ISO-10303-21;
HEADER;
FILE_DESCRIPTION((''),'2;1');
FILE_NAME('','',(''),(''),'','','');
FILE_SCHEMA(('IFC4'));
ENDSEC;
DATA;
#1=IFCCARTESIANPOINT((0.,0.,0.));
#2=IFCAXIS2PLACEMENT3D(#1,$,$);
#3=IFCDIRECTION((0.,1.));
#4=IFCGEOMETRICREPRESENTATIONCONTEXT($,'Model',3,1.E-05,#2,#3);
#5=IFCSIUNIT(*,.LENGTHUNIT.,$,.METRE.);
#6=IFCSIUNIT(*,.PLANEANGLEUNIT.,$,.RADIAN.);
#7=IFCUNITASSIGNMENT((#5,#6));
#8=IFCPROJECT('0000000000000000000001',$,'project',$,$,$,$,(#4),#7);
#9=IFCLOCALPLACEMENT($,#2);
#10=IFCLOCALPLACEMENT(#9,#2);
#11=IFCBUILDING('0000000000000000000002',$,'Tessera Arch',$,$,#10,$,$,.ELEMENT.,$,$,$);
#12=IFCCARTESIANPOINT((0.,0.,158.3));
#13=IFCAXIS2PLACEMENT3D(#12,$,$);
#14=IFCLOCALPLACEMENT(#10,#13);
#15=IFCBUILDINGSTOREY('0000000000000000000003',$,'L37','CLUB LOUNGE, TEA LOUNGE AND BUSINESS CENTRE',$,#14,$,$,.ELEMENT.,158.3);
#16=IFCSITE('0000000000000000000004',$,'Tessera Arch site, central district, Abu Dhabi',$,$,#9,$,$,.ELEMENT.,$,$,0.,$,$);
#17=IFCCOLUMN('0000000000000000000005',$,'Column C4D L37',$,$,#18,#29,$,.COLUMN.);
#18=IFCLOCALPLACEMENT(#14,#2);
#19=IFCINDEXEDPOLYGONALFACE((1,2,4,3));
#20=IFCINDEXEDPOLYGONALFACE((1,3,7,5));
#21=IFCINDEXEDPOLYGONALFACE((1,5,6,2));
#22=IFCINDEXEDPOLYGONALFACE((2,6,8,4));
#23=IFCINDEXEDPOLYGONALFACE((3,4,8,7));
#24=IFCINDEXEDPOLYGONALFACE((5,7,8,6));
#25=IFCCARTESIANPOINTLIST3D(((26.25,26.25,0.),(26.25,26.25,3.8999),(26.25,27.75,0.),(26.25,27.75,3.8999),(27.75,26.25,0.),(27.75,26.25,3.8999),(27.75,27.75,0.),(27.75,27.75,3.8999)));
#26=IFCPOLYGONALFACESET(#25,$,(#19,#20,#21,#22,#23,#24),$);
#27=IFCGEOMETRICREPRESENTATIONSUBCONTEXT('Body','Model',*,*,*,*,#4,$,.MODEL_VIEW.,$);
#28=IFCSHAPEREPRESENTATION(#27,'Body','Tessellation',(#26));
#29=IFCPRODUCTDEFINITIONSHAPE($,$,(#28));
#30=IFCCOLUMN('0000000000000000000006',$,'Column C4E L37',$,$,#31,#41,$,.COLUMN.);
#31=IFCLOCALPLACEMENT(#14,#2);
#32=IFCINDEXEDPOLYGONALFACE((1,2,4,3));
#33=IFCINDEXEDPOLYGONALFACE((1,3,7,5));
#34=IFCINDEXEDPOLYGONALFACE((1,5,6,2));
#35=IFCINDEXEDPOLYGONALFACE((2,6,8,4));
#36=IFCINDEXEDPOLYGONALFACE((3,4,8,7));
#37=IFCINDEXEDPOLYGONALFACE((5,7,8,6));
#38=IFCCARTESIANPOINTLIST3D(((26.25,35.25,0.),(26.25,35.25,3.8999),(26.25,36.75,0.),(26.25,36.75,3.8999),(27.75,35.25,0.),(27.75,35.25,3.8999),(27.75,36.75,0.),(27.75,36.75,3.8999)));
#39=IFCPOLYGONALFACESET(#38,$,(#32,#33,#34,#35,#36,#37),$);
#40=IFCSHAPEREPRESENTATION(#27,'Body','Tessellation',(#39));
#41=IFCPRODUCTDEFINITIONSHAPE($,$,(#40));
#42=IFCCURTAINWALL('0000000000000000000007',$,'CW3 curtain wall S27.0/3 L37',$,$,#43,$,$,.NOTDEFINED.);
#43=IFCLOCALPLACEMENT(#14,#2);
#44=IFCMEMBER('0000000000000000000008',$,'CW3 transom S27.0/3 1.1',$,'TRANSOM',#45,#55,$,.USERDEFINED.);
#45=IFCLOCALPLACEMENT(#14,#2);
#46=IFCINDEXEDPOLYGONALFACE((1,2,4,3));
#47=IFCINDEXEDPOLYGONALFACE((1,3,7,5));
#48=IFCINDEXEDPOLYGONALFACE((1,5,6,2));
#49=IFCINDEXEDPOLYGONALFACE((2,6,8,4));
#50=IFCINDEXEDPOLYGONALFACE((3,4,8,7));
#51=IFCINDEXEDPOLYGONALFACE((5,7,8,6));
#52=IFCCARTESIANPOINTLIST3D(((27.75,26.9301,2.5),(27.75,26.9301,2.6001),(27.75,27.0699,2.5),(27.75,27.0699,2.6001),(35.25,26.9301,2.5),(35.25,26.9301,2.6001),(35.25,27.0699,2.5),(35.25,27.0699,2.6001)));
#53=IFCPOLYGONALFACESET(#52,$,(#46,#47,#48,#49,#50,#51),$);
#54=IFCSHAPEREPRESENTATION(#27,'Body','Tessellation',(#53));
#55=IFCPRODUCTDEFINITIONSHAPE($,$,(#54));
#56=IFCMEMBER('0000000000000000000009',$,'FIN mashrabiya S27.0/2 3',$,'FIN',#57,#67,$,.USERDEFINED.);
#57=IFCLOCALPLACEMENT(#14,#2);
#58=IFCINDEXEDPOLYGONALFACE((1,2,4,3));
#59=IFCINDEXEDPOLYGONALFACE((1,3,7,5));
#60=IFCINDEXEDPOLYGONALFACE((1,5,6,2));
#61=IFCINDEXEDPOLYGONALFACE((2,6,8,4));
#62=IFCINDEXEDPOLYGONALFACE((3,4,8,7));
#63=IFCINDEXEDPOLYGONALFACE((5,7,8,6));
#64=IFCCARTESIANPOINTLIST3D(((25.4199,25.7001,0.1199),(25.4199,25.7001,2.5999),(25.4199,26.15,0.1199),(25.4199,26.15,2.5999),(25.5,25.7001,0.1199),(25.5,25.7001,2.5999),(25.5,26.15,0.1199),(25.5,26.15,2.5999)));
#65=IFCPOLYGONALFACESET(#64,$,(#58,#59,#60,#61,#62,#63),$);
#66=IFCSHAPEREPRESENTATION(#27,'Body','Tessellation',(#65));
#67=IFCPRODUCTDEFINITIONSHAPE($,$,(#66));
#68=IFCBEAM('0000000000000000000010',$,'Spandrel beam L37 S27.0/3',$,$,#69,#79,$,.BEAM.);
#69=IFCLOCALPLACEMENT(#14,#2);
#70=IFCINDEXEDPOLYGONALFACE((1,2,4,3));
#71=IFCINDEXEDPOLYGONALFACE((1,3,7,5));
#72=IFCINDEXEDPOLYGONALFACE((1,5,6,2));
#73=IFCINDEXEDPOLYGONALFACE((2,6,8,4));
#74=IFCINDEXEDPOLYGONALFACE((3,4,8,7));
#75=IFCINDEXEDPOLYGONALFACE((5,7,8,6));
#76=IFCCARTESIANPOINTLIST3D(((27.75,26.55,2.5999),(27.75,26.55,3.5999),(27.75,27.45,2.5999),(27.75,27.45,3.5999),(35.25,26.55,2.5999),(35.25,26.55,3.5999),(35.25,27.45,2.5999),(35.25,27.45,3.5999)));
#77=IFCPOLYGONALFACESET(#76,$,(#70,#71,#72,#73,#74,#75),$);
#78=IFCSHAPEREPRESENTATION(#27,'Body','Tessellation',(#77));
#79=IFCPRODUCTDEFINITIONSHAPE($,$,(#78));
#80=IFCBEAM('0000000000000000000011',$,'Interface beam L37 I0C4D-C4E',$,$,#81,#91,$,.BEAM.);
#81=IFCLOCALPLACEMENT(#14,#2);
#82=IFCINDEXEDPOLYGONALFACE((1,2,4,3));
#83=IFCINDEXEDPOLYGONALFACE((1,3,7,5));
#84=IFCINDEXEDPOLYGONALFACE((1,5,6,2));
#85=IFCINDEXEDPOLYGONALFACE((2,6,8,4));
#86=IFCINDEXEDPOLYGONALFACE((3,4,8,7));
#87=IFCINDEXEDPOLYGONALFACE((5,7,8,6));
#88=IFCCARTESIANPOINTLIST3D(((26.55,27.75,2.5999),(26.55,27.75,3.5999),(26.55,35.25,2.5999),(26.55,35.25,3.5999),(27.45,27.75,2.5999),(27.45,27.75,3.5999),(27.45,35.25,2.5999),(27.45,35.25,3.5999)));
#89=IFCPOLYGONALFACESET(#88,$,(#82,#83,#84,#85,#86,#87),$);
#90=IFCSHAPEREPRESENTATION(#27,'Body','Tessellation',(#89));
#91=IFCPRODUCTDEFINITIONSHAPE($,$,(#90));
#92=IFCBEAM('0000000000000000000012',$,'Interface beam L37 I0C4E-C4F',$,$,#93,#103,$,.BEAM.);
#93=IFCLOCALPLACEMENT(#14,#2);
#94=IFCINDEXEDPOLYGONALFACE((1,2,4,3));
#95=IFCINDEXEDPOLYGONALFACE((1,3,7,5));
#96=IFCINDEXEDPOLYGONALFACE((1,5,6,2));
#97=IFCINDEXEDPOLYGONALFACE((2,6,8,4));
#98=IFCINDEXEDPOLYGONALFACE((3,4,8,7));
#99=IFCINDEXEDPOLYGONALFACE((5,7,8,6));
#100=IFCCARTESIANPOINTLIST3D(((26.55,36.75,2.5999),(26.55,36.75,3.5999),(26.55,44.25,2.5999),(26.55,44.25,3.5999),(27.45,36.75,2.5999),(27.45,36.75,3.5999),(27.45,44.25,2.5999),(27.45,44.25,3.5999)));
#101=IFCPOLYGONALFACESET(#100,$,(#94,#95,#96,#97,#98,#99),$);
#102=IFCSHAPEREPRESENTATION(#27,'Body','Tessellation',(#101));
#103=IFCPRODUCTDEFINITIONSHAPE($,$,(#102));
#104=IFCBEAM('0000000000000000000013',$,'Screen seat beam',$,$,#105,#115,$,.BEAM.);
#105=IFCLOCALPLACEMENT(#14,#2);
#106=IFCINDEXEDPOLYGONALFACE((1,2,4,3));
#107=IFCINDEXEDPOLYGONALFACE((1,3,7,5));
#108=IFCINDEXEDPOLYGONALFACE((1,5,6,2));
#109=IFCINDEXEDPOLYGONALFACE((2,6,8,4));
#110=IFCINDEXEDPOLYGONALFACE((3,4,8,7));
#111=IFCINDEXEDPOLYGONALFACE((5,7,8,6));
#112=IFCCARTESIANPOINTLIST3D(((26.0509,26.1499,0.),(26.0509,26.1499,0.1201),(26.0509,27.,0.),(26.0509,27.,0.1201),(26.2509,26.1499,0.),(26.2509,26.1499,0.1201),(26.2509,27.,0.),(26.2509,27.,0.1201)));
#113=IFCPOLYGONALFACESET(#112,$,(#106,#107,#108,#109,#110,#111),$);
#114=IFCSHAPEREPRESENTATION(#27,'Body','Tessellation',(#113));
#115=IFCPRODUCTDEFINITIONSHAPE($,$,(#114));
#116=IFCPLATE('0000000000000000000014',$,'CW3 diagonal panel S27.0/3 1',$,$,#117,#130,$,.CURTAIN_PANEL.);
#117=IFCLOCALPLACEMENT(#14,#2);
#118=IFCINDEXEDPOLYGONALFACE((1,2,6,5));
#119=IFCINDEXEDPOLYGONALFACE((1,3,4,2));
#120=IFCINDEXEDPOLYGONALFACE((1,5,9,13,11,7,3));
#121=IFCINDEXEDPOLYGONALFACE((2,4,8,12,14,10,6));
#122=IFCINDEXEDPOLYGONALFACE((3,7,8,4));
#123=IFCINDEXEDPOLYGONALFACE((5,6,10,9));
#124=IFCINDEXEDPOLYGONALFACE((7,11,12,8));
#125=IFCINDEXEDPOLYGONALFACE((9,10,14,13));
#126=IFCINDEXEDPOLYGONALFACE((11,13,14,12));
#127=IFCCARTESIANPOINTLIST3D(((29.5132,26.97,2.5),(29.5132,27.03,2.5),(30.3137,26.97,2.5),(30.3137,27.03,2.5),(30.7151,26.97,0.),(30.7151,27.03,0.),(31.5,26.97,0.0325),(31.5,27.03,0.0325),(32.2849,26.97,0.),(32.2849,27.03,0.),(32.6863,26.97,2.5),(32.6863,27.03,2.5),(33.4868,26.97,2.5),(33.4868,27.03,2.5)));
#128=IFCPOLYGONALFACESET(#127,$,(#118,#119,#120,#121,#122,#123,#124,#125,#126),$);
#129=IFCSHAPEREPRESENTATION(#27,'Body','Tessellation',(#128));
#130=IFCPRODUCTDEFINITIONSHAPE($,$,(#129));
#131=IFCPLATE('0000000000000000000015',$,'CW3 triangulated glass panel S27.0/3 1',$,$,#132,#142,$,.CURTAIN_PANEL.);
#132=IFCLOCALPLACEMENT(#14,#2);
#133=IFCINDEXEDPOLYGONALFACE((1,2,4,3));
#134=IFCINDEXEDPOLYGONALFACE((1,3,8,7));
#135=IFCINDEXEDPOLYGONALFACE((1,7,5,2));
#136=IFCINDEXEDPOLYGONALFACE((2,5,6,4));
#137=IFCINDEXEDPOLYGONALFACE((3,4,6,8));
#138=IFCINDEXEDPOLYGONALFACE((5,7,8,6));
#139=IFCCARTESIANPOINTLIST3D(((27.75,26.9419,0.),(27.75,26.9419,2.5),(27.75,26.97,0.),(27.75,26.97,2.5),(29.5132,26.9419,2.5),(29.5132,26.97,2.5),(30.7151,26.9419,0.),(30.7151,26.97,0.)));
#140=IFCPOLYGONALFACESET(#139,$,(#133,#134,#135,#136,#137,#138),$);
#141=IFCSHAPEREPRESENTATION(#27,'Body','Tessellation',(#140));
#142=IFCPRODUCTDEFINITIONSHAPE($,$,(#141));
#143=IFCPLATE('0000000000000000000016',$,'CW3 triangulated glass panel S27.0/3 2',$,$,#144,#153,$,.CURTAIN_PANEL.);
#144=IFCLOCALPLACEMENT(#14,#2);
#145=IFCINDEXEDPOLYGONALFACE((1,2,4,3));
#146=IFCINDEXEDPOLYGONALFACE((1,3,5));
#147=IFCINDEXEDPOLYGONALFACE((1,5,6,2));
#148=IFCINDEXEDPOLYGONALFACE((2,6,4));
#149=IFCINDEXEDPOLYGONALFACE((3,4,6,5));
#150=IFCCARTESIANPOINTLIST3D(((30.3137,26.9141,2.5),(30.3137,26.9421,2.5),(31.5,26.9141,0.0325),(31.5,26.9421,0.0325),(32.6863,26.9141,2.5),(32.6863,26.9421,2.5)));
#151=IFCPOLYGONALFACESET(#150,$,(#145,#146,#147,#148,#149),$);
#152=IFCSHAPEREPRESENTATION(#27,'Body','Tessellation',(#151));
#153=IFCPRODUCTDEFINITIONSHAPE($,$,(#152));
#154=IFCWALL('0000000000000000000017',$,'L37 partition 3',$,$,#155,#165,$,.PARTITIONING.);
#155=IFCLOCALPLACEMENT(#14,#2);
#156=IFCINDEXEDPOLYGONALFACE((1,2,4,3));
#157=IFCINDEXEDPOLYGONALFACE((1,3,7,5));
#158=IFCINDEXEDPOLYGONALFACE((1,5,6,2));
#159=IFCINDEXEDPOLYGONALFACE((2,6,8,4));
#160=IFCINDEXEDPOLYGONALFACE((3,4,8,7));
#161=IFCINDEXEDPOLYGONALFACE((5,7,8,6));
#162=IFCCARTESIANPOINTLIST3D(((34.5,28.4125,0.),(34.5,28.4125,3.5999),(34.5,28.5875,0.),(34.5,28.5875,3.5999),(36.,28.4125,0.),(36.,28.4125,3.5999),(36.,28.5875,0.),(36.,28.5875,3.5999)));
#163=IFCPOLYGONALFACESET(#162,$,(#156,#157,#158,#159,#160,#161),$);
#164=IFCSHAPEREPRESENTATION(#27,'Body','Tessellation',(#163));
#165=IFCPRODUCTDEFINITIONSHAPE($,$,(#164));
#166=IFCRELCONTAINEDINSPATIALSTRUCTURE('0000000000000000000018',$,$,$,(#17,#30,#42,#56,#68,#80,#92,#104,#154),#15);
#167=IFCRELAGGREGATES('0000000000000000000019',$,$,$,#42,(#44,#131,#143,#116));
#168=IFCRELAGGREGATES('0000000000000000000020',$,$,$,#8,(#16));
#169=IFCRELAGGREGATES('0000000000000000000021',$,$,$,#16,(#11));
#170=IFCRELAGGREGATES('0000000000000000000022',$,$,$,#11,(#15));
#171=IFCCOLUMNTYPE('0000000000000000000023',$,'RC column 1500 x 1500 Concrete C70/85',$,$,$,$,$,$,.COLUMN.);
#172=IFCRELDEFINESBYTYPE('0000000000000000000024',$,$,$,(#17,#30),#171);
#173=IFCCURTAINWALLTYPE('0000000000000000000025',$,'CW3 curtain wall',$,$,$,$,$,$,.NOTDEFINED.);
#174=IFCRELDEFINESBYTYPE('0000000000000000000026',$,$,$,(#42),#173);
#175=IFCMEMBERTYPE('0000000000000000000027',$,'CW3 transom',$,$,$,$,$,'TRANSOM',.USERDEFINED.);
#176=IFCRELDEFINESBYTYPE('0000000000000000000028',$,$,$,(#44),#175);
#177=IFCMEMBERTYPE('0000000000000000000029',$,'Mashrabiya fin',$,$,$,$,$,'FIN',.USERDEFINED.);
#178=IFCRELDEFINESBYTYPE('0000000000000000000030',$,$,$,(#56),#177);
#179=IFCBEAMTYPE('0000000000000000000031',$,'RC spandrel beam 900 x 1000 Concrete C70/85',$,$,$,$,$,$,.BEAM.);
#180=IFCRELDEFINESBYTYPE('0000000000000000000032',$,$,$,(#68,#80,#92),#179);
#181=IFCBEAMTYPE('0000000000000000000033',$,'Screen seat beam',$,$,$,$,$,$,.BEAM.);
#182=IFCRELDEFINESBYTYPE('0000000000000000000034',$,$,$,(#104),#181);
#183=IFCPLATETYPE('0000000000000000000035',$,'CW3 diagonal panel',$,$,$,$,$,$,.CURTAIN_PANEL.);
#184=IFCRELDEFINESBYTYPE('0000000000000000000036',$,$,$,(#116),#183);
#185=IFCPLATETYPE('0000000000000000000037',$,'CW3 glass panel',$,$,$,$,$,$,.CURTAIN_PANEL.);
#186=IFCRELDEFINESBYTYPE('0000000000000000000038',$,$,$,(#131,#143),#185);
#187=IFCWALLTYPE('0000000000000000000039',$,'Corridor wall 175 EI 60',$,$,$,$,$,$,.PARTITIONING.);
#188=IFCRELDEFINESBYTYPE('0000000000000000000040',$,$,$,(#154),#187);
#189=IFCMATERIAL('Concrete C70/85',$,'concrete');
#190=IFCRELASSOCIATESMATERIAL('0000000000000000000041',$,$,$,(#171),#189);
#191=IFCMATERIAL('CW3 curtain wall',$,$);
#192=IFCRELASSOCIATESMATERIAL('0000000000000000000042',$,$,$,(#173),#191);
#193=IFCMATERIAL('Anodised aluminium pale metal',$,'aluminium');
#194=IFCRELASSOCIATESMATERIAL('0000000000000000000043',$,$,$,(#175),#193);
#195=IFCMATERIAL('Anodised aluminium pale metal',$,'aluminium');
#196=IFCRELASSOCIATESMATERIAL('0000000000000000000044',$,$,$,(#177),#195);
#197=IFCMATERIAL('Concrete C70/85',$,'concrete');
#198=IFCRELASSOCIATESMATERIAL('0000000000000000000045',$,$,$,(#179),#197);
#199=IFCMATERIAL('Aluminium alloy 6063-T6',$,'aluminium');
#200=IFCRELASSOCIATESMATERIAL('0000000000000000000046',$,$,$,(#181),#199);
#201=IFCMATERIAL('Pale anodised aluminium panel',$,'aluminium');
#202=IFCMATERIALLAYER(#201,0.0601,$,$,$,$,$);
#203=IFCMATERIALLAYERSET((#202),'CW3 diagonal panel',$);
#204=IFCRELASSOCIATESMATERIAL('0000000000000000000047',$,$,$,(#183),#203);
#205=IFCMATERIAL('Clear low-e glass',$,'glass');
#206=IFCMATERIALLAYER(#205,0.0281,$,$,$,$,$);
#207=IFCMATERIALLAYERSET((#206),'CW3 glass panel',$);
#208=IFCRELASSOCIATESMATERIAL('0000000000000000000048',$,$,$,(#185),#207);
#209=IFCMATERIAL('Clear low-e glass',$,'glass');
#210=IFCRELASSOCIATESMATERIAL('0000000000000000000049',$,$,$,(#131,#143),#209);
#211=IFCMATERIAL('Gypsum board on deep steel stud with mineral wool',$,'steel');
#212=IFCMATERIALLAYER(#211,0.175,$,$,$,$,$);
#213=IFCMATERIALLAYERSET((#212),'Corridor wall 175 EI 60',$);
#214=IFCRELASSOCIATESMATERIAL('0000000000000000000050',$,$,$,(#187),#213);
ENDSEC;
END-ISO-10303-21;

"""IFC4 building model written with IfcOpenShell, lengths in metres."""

from ifc_helpers import new_model, si_unit, direction, frame, frame_2d, origin, origin_2d, place, context, subcontext, project, spatial, polyline, rectangle, outline, extrude, material, layer, layer_set, material_profile, profile_set, type_object, element, aggregate, save


model = new_model("IFC4")

# Units and contexts
model_context = context("Model", 3, precision=1e-05, world=origin(), true_north=direction((0.0, 1.0)))
body_context = subcontext(model_context, "Body", "Model", "MODEL_VIEW")
ifc_project = project(units=[si_unit("LENGTHUNIT", "METRE"), si_unit("PLANEANGLEUNIT", "RADIAN")], contexts=[model_context])

# Site, building, storey
site_placement = place(None, origin())
site = spatial("IfcSite", under=ifc_project, at=site_placement, Name="Tessera Arch site, central district, Abu Dhabi", CompositionType="ELEMENT", RefElevation=0.0)
building_placement = place(site_placement, origin())
building = spatial("IfcBuilding", under=site, at=building_placement, Name="Tessera Arch", CompositionType="ELEMENT")
storey_placement = place(building_placement, frame((0.0, 0.0, 158.3)))
storey = spatial("IfcBuildingStorey", under=building, at=storey_placement, Name="L37", Description="CLUB LOUNGE, TEA LOUNGE AND BUSINESS CENTRE", CompositionType="ELEMENT", Elevation=158.3)

# Columns
ifc_material_1 = material(Name="Concrete C70/85", Category="concrete")
ifc_material_profile_1 = material_profile(ifc_material_1, rectangle(XDim=1.5, YDim=1.5, at=origin_2d()), Name="RC column 1500 x 1500 Concrete C70/85")
ifc_profile_set_1 = profile_set([ifc_material_profile_1], Name="Concrete C70/85")
column_type = type_object("IfcColumnType", Name="RC column 1500 x 1500 Concrete C70/85", PredefinedType="COLUMN", material=ifc_profile_set_1)
for number, where, z_axis, x_axis, name in (
    (1, (27.0, 27.0, 0.0), (0.0, 0.0, 1.0), (1.0, 0.0, 0.0), "Column C4D L37"),
    (2, (27.0, 36.0, 0.0), (0.0, 0.0, 1.0), (1.0, 0.0, 0.0), "Column C4E L37"),
):
    element("IfcColumn", number, at=place(storey_placement, frame(where, z_axis=z_axis, x_axis=x_axis)), inside=storey, type_object=column_type, Name=name, PredefinedType="COLUMN", context=body_context, shape_type="SweptSolid", body=[
        extrude(rectangle(XDim=1.5, YDim=1.5, at=origin_2d()), origin(), (0.0, 0.0, 1.0), 3.8999),
    ])

# Curtain wall, member
ifc_material_2 = material(Name="CW3 curtain wall")
curtain_wall_type = type_object("IfcCurtainWallType", Name="CW3 curtain wall", PredefinedType="NOTDEFINED", material=ifc_material_2)
curtain_wall_placement = place(storey_placement, origin())
curtain_wall = element("IfcCurtainWall", 3, at=curtain_wall_placement, inside=storey, type_object=curtain_wall_type, Name="CW3 curtain wall S27.0/3 L37", PredefinedType="NOTDEFINED")
ifc_material_3 = material(Name="Anodised aluminium pale metal", Category="aluminium")
ifc_material_profile_2 = material_profile(ifc_material_3, rectangle(XDim=0.1399, YDim=0.1001, at=origin_2d()), Name="AL 140x100")
ifc_profile_set_2 = profile_set([ifc_material_profile_2], Name="Anodised aluminium pale metal")
member_type_1 = type_object("IfcMemberType", Name="CW3 transom", ElementType="TRANSOM", PredefinedType="USERDEFINED", material=ifc_profile_set_2)
member_1_placement = place(storey_placement, frame((27.75, 27.0, 2.55), z_axis=(1.0, 0.0, 0.0), x_axis=(0.0, 1.0, 0.0)))
member_1 = element("IfcMember", 4, at=member_1_placement, type_object=member_type_1, Name="CW3 transom S27.0/3 1.1", ObjectType="TRANSOM", PredefinedType="USERDEFINED", context=body_context, shape_type="SweptSolid", body=[
    extrude(rectangle(XDim=0.1399, YDim=0.1001, at=origin_2d()), origin(), (0.0, 0.0, 1.0), 7.5),
])

# Member
ifc_material_4 = material(Name="Anodised aluminium pale metal", Category="aluminium")
ifc_material_profile_3 = material_profile(ifc_material_4, rectangle(XDim=0.45, YDim=0.0801, at=origin_2d()), Name="AL 80x450")
ifc_profile_set_3 = profile_set([ifc_material_profile_3], Name="Anodised aluminium pale metal")
member_type_2 = type_object("IfcMemberType", Name="Mashrabiya fin", ElementType="FIN", PredefinedType="USERDEFINED", material=ifc_profile_set_3)
member_2_placement = place(storey_placement, frame((25.46, 25.925, 0.1199), z_axis=(0.0, 0.0, 1.0), x_axis=(0.0, -1.0, 0.0)))
element("IfcMember", 5, at=member_2_placement, inside=storey, type_object=member_type_2, Name="FIN mashrabiya S27.0/2 3", ObjectType="FIN", PredefinedType="USERDEFINED", context=body_context, shape_type="SweptSolid", body=[
    extrude(rectangle(XDim=0.45, YDim=0.0801, at=origin_2d()), origin(), (0.0, 0.0, 1.0), 2.48),
])

# Beams
ifc_material_5 = material(Name="Concrete C70/85", Category="concrete")
ifc_material_profile_4 = material_profile(ifc_material_5, rectangle(XDim=0.8999, YDim=1.0, at=origin_2d()), Name="RC spandrel beam 900 x 1000 Concrete C70/85")
ifc_profile_set_4 = profile_set([ifc_material_profile_4], Name="Concrete C70/85")
beam_type_1 = type_object("IfcBeamType", Name="RC spandrel beam 900 x 1000 Concrete C70/85", PredefinedType="BEAM", material=ifc_profile_set_4)
for number, where, z_axis, x_axis, name in (
    (6, (27.75, 27.0, 3.0999), (1.0, 0.0, 0.0), (0.0, 1.0, 0.0), "Spandrel beam L37 S27.0/3"),
    (7, (27.0, 27.75, 3.0999), (0.0, 1.0, 0.0), (-1.0, 0.0, 0.0), "Interface beam L37 I0C4D-C4E"),
    (8, (27.0, 36.75, 3.0999), (0.0, 1.0, 0.0), (-1.0, 0.0, 0.0), "Interface beam L37 I0C4E-C4F"),
):
    element("IfcBeam", number, at=place(storey_placement, frame(where, z_axis=z_axis, x_axis=x_axis)), inside=storey, type_object=beam_type_1, Name=name, PredefinedType="BEAM", context=body_context, shape_type="SweptSolid", body=[
        extrude(rectangle(XDim=0.8999, YDim=1.0, at=origin_2d()), origin(), (0.0, 0.0, 1.0), 7.5),
    ])
ifc_material_6 = material(Name="Aluminium alloy 6063-T6", Category="aluminium")
ifc_material_profile_5 = material_profile(ifc_material_6, rectangle(XDim=0.2, YDim=0.1201, at=origin_2d()), Name="AL 200x120")
ifc_profile_set_5 = profile_set([ifc_material_profile_5], Name="Aluminium alloy 6063-T6")
beam_type_2 = type_object("IfcBeamType", Name="Screen seat beam", PredefinedType="BEAM", material=ifc_profile_set_5)
beam_placement = place(storey_placement, frame((26.1509, 27.0, 0.0601), z_axis=(0.0, -1.0, 0.0), x_axis=(1.0, 0.0, 0.0)))
element("IfcBeam", 9, at=beam_placement, inside=storey, type_object=beam_type_2, Name="Screen seat beam", PredefinedType="BEAM", context=body_context, shape_type="SweptSolid", body=[
    extrude(rectangle(XDim=0.2, YDim=0.1201, at=origin_2d()), origin(), (0.0, 0.0, 1.0), 0.8501),
])

# Plates
ifc_material_7 = material(Name="Pale anodised aluminium panel", Category="aluminium")
ifc_layer_1 = layer(ifc_material_7, 0.0601)
ifc_layer_set_1 = layer_set([ifc_layer_1], Name="CW3 diagonal panel")
plate_type_1 = type_object("IfcPlateType", Name="CW3 diagonal panel", PredefinedType="CURTAIN_PANEL", material=ifc_layer_set_1)
plate_1_placement = place(storey_placement, frame((33.4868, 26.97, 2.5), z_axis=(0.0, -1.0, 0.0), x_axis=(-1.0, 0.0, 0.0)))
plate_1 = element("IfcPlate", 10, at=plate_1_placement, type_object=plate_type_1, Name="CW3 diagonal panel S27.0/3 1", PredefinedType="CURTAIN_PANEL", context=body_context, shape_type="SweptSolid", body=[
    extrude(outline(polyline([(0.0, 0.0), (0.8005, 0.0), (1.9868, 2.4675), (3.1731, 0.0), (3.9736, 0.0), (2.7717, 2.5), (1.2019, 2.5), (0.0, 0.0)])), origin(), (0.0, 0.0, -1.0), 0.0601),
])
ifc_material_8 = material(Name="Clear low-e glass", Category="glass")
ifc_material_9 = material(Name="Clear low-e glass", Category="glass")
ifc_layer_2 = layer(ifc_material_9, 0.0281)
ifc_layer_set_2 = layer_set([ifc_layer_2], Name="CW3 glass panel")
plate_type_2 = type_object("IfcPlateType", Name="CW3 glass panel", PredefinedType="CURTAIN_PANEL", material=ifc_layer_set_2)
plate_2_placement = place(storey_placement, frame((27.75, 26.9419, 0.0), z_axis=(0.0, -1.0, 0.0), x_axis=(1.0, 0.0, 0.0)))
plate_2 = element("IfcPlate", 11, at=plate_2_placement, type_object=plate_type_2, material=ifc_material_8, Name="CW3 triangulated glass panel S27.0/3 1", PredefinedType="CURTAIN_PANEL", context=body_context, shape_type="SweptSolid", body=[
    extrude(outline(polyline([(0.0, 0.0), (2.9651, 0.0), (1.7632, 2.5), (0.0, 2.5), (0.0, 0.0)])), origin(), (0.0, 0.0, -1.0), 0.0281),
])
plate_3_placement = place(storey_placement, frame((32.6863, 26.9141, 2.5), z_axis=(0.0, -1.0, 0.0), x_axis=(-1.0, 0.0, 0.0)))
plate_3 = element("IfcPlate", 12, at=plate_3_placement, type_object=plate_type_2, material=ifc_material_8, Name="CW3 triangulated glass panel S27.0/3 2", PredefinedType="CURTAIN_PANEL", context=body_context, shape_type="SweptSolid", body=[
    extrude(outline(polyline([(0.0, 0.0), (2.3726, 0.0), (1.1863, 2.4675), (0.0, 0.0)])), origin(), (0.0, 0.0, -1.0), 0.0281),
])
aggregate(curtain_wall, [member_1, plate_2, plate_3, plate_1])

# Wall
ifc_material_10 = material(Name="Gypsum board on deep steel stud with mineral wool", Category="steel")
ifc_layer_3 = layer(ifc_material_10, 0.175)
ifc_layer_set_3 = layer_set([ifc_layer_3], Name="Corridor wall 175 EI 60")
wall_type_1 = type_object("IfcWallType", Name="Corridor wall 175 EI 60", PredefinedType="PARTITIONING", material=ifc_layer_set_3)
wall_1_placement = place(storey_placement, frame((34.5, 28.5, 0.0), z_axis=(0.0, 0.0, 1.0), x_axis=(1.0, 0.0, 0.0)))
element("IfcWall", 13, at=wall_1_placement, inside=storey, type_object=wall_type_1, Name="L37 partition 3", PredefinedType="PARTITIONING", context=body_context, shape_type="SweptSolid", body=[
    extrude(rectangle(XDim=1.5, YDim=0.175, at=frame_2d((0.75, 0.0))), origin(), (0.0, 0.0, 1.0), 3.5999),
])

save(model, "model.ifc")
